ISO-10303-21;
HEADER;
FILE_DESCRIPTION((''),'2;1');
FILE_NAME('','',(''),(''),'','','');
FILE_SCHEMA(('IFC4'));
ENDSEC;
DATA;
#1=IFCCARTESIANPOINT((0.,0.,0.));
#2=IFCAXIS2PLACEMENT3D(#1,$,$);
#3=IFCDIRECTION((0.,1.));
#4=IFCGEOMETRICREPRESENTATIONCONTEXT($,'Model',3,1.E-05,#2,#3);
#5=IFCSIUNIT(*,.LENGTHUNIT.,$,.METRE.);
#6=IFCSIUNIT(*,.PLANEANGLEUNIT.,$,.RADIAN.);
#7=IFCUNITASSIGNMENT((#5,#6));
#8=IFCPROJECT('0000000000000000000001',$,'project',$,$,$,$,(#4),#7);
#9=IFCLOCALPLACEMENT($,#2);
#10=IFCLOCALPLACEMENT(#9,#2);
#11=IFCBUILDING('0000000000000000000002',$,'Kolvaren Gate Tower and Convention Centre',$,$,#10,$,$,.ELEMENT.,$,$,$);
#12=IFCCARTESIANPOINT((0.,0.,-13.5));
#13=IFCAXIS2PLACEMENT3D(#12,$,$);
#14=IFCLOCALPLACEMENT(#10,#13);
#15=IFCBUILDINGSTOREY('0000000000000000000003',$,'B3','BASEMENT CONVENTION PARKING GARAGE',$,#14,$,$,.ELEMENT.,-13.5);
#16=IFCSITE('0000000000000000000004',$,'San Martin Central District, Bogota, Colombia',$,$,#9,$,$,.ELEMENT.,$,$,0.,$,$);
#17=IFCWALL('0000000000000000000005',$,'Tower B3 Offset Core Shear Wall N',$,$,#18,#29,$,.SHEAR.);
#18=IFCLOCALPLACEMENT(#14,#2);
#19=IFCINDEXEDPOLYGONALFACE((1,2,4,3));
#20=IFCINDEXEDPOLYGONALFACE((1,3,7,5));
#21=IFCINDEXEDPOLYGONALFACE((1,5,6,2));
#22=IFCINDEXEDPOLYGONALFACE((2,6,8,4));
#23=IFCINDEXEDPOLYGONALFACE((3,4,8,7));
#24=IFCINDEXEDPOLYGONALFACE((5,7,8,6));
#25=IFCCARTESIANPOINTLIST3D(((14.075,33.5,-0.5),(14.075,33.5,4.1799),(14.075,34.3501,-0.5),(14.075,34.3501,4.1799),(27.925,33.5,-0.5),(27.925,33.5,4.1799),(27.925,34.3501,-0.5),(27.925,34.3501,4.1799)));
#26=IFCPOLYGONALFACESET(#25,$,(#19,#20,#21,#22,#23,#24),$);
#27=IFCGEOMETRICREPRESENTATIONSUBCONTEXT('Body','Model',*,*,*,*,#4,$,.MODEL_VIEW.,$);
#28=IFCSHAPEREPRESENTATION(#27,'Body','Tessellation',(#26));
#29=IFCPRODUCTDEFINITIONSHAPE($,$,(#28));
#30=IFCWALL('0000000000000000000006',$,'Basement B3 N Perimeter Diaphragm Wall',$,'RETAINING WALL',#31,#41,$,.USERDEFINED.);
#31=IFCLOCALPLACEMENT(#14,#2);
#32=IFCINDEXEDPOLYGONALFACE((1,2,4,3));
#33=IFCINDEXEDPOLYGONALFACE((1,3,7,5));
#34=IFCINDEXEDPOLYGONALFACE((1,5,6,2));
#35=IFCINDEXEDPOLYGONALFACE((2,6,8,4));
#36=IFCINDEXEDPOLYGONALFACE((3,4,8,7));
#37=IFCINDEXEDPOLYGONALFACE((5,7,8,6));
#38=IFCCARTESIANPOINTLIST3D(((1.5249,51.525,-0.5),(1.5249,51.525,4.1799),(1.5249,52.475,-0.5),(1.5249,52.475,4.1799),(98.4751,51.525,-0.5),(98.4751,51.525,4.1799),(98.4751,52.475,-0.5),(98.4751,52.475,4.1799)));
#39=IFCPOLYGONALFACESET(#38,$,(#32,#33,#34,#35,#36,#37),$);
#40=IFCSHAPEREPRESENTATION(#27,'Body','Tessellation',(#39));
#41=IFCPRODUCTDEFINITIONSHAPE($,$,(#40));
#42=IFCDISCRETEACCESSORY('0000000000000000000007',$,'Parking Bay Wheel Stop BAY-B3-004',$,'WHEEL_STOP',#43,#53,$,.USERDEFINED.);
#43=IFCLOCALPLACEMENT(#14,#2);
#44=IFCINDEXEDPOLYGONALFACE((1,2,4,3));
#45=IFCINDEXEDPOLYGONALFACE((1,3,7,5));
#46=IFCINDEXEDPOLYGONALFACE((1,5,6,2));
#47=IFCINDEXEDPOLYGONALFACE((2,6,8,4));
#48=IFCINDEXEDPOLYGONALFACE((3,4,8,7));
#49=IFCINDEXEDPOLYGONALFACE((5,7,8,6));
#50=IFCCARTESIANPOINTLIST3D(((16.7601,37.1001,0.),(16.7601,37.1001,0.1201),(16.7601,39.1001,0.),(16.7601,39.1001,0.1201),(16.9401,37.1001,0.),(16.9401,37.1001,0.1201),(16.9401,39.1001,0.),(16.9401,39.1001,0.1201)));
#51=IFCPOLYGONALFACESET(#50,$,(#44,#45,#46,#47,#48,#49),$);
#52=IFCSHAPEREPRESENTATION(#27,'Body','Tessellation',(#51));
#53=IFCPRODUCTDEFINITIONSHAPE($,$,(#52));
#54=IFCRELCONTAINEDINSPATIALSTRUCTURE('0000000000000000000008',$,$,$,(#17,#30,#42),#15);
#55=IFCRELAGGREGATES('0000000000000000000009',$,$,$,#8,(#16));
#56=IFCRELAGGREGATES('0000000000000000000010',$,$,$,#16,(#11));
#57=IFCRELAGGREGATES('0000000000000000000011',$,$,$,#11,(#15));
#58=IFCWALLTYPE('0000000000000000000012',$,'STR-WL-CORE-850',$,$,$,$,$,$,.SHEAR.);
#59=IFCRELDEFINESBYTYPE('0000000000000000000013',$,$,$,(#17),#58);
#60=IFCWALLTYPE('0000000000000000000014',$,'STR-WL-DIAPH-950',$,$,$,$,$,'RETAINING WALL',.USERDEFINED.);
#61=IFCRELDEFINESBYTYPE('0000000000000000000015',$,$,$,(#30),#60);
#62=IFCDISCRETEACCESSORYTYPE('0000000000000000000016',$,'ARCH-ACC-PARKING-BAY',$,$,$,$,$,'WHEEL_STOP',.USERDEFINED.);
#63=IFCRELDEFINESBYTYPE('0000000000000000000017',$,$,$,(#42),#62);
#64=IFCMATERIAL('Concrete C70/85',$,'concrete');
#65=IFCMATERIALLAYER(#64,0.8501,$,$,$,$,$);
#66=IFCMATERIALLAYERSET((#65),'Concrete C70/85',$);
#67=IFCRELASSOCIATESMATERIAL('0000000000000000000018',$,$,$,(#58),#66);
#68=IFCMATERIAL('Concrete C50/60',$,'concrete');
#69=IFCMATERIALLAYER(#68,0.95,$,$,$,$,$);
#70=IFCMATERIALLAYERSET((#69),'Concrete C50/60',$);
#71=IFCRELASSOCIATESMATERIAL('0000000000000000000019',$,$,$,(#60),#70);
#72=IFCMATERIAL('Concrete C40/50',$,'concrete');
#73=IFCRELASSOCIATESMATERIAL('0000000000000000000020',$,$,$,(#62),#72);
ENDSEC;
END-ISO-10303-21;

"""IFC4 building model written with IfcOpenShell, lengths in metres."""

from ifc_helpers import new_model, si_unit, direction, frame, frame_2d, origin, origin_2d, place, context, subcontext, project, spatial, rectangle, extrude, material, layer, layer_set, type_object, element, save


model = new_model("IFC4")

# Units and contexts
model_context = context("Model", 3, precision=1e-05, world=origin(), true_north=direction((0.0, 1.0)))
body_context = subcontext(model_context, "Body", "Model", "MODEL_VIEW")
ifc_project = project(units=[si_unit("LENGTHUNIT", "METRE"), si_unit("PLANEANGLEUNIT", "RADIAN")], contexts=[model_context])

# Site, building, storey
site_placement = place(None, origin())
site = spatial("IfcSite", under=ifc_project, at=site_placement, Name="San Martin Central District, Bogota, Colombia", CompositionType="ELEMENT", RefElevation=0.0)
building_placement = place(site_placement, origin())
building = spatial("IfcBuilding", under=site, at=building_placement, Name="Kolvaren Gate Tower and Convention Centre", CompositionType="ELEMENT")
storey_placement = place(building_placement, frame((0.0, 0.0, -13.5)))
storey = spatial("IfcBuildingStorey", under=building, at=storey_placement, Name="B3", Description="BASEMENT CONVENTION PARKING GARAGE", CompositionType="ELEMENT", Elevation=-13.5)

# Shared definitions
ifc_material_1 = material(Name="Concrete C50/60", Category="concrete")

# Shared definitions
ifc_material_2 = material(Name="Concrete C70/85", Category="concrete")

# Walls
ifc_layer_1 = layer(ifc_material_2, 0.8501)
ifc_layer_set_1 = layer_set([ifc_layer_1], Name="Concrete C70/85")
wall_type_1 = type_object("IfcWallType", Name="STR-WL-CORE-850", PredefinedType="SHEAR", material=ifc_layer_set_1)
wall_1_placement = place(storey_placement, frame((14.075, 33.925, -0.5), z_axis=(0.0, 0.0, 1.0), x_axis=(1.0, 0.0, 0.0)))
element("IfcWall", 1, at=wall_1_placement, inside=storey, type_object=wall_type_1, Name="Tower B3 Offset Core Shear Wall N", PredefinedType="SHEAR", context=body_context, shape_type="SweptSolid", body=[
    extrude(rectangle(XDim=13.8501, YDim=0.8501, at=frame_2d((6.925, 0.0))), origin(), (0.0, 0.0, 1.0), 4.6799),
])
ifc_layer_2 = layer(ifc_material_1, 0.95)
ifc_layer_set_2 = layer_set([ifc_layer_2], Name="Concrete C50/60")
wall_type_2 = type_object("IfcWallType", Name="STR-WL-DIAPH-950", ElementType="RETAINING WALL", PredefinedType="USERDEFINED", material=ifc_layer_set_2)
wall_2_placement = place(storey_placement, frame((1.5249, 52.0, -0.5), z_axis=(0.0, 0.0, 1.0), x_axis=(1.0, 0.0, 0.0)))
element("IfcWall", 2, at=wall_2_placement, inside=storey, type_object=wall_type_2, Name="Basement B3 N Perimeter Diaphragm Wall", ObjectType="RETAINING WALL", PredefinedType="USERDEFINED", context=body_context, shape_type="SweptSolid", body=[
    extrude(rectangle(XDim=96.9502, YDim=0.95, at=frame_2d((48.4751, 0.0))), origin(), (0.0, 0.0, 1.0), 4.6799),
])

# Discrete accessory
ifc_material_3 = material(Name="Concrete C40/50", Category="concrete")
discrete_accessory_type = type_object("IfcDiscreteAccessoryType", Name="ARCH-ACC-PARKING-BAY", ElementType="WHEEL_STOP", PredefinedType="USERDEFINED", material=ifc_material_3)
discrete_accessory_placement = place(storey_placement, frame((16.8501, 38.1001, 0.0), z_axis=(0.0, 0.0, 1.0), x_axis=(0.0, 1.0, 0.0)))
element("IfcDiscreteAccessory", 3, at=discrete_accessory_placement, inside=storey, type_object=discrete_accessory_type, Name="Parking Bay Wheel Stop BAY-B3-004", ObjectType="WHEEL_STOP", PredefinedType="USERDEFINED", context=body_context, shape_type="SweptSolid", body=[
    extrude(rectangle(XDim=2.0, YDim=0.1799, at=origin_2d()), origin(), (0.0, 0.0, 1.0), 0.1201),
])

save(model, "model.ifc")
